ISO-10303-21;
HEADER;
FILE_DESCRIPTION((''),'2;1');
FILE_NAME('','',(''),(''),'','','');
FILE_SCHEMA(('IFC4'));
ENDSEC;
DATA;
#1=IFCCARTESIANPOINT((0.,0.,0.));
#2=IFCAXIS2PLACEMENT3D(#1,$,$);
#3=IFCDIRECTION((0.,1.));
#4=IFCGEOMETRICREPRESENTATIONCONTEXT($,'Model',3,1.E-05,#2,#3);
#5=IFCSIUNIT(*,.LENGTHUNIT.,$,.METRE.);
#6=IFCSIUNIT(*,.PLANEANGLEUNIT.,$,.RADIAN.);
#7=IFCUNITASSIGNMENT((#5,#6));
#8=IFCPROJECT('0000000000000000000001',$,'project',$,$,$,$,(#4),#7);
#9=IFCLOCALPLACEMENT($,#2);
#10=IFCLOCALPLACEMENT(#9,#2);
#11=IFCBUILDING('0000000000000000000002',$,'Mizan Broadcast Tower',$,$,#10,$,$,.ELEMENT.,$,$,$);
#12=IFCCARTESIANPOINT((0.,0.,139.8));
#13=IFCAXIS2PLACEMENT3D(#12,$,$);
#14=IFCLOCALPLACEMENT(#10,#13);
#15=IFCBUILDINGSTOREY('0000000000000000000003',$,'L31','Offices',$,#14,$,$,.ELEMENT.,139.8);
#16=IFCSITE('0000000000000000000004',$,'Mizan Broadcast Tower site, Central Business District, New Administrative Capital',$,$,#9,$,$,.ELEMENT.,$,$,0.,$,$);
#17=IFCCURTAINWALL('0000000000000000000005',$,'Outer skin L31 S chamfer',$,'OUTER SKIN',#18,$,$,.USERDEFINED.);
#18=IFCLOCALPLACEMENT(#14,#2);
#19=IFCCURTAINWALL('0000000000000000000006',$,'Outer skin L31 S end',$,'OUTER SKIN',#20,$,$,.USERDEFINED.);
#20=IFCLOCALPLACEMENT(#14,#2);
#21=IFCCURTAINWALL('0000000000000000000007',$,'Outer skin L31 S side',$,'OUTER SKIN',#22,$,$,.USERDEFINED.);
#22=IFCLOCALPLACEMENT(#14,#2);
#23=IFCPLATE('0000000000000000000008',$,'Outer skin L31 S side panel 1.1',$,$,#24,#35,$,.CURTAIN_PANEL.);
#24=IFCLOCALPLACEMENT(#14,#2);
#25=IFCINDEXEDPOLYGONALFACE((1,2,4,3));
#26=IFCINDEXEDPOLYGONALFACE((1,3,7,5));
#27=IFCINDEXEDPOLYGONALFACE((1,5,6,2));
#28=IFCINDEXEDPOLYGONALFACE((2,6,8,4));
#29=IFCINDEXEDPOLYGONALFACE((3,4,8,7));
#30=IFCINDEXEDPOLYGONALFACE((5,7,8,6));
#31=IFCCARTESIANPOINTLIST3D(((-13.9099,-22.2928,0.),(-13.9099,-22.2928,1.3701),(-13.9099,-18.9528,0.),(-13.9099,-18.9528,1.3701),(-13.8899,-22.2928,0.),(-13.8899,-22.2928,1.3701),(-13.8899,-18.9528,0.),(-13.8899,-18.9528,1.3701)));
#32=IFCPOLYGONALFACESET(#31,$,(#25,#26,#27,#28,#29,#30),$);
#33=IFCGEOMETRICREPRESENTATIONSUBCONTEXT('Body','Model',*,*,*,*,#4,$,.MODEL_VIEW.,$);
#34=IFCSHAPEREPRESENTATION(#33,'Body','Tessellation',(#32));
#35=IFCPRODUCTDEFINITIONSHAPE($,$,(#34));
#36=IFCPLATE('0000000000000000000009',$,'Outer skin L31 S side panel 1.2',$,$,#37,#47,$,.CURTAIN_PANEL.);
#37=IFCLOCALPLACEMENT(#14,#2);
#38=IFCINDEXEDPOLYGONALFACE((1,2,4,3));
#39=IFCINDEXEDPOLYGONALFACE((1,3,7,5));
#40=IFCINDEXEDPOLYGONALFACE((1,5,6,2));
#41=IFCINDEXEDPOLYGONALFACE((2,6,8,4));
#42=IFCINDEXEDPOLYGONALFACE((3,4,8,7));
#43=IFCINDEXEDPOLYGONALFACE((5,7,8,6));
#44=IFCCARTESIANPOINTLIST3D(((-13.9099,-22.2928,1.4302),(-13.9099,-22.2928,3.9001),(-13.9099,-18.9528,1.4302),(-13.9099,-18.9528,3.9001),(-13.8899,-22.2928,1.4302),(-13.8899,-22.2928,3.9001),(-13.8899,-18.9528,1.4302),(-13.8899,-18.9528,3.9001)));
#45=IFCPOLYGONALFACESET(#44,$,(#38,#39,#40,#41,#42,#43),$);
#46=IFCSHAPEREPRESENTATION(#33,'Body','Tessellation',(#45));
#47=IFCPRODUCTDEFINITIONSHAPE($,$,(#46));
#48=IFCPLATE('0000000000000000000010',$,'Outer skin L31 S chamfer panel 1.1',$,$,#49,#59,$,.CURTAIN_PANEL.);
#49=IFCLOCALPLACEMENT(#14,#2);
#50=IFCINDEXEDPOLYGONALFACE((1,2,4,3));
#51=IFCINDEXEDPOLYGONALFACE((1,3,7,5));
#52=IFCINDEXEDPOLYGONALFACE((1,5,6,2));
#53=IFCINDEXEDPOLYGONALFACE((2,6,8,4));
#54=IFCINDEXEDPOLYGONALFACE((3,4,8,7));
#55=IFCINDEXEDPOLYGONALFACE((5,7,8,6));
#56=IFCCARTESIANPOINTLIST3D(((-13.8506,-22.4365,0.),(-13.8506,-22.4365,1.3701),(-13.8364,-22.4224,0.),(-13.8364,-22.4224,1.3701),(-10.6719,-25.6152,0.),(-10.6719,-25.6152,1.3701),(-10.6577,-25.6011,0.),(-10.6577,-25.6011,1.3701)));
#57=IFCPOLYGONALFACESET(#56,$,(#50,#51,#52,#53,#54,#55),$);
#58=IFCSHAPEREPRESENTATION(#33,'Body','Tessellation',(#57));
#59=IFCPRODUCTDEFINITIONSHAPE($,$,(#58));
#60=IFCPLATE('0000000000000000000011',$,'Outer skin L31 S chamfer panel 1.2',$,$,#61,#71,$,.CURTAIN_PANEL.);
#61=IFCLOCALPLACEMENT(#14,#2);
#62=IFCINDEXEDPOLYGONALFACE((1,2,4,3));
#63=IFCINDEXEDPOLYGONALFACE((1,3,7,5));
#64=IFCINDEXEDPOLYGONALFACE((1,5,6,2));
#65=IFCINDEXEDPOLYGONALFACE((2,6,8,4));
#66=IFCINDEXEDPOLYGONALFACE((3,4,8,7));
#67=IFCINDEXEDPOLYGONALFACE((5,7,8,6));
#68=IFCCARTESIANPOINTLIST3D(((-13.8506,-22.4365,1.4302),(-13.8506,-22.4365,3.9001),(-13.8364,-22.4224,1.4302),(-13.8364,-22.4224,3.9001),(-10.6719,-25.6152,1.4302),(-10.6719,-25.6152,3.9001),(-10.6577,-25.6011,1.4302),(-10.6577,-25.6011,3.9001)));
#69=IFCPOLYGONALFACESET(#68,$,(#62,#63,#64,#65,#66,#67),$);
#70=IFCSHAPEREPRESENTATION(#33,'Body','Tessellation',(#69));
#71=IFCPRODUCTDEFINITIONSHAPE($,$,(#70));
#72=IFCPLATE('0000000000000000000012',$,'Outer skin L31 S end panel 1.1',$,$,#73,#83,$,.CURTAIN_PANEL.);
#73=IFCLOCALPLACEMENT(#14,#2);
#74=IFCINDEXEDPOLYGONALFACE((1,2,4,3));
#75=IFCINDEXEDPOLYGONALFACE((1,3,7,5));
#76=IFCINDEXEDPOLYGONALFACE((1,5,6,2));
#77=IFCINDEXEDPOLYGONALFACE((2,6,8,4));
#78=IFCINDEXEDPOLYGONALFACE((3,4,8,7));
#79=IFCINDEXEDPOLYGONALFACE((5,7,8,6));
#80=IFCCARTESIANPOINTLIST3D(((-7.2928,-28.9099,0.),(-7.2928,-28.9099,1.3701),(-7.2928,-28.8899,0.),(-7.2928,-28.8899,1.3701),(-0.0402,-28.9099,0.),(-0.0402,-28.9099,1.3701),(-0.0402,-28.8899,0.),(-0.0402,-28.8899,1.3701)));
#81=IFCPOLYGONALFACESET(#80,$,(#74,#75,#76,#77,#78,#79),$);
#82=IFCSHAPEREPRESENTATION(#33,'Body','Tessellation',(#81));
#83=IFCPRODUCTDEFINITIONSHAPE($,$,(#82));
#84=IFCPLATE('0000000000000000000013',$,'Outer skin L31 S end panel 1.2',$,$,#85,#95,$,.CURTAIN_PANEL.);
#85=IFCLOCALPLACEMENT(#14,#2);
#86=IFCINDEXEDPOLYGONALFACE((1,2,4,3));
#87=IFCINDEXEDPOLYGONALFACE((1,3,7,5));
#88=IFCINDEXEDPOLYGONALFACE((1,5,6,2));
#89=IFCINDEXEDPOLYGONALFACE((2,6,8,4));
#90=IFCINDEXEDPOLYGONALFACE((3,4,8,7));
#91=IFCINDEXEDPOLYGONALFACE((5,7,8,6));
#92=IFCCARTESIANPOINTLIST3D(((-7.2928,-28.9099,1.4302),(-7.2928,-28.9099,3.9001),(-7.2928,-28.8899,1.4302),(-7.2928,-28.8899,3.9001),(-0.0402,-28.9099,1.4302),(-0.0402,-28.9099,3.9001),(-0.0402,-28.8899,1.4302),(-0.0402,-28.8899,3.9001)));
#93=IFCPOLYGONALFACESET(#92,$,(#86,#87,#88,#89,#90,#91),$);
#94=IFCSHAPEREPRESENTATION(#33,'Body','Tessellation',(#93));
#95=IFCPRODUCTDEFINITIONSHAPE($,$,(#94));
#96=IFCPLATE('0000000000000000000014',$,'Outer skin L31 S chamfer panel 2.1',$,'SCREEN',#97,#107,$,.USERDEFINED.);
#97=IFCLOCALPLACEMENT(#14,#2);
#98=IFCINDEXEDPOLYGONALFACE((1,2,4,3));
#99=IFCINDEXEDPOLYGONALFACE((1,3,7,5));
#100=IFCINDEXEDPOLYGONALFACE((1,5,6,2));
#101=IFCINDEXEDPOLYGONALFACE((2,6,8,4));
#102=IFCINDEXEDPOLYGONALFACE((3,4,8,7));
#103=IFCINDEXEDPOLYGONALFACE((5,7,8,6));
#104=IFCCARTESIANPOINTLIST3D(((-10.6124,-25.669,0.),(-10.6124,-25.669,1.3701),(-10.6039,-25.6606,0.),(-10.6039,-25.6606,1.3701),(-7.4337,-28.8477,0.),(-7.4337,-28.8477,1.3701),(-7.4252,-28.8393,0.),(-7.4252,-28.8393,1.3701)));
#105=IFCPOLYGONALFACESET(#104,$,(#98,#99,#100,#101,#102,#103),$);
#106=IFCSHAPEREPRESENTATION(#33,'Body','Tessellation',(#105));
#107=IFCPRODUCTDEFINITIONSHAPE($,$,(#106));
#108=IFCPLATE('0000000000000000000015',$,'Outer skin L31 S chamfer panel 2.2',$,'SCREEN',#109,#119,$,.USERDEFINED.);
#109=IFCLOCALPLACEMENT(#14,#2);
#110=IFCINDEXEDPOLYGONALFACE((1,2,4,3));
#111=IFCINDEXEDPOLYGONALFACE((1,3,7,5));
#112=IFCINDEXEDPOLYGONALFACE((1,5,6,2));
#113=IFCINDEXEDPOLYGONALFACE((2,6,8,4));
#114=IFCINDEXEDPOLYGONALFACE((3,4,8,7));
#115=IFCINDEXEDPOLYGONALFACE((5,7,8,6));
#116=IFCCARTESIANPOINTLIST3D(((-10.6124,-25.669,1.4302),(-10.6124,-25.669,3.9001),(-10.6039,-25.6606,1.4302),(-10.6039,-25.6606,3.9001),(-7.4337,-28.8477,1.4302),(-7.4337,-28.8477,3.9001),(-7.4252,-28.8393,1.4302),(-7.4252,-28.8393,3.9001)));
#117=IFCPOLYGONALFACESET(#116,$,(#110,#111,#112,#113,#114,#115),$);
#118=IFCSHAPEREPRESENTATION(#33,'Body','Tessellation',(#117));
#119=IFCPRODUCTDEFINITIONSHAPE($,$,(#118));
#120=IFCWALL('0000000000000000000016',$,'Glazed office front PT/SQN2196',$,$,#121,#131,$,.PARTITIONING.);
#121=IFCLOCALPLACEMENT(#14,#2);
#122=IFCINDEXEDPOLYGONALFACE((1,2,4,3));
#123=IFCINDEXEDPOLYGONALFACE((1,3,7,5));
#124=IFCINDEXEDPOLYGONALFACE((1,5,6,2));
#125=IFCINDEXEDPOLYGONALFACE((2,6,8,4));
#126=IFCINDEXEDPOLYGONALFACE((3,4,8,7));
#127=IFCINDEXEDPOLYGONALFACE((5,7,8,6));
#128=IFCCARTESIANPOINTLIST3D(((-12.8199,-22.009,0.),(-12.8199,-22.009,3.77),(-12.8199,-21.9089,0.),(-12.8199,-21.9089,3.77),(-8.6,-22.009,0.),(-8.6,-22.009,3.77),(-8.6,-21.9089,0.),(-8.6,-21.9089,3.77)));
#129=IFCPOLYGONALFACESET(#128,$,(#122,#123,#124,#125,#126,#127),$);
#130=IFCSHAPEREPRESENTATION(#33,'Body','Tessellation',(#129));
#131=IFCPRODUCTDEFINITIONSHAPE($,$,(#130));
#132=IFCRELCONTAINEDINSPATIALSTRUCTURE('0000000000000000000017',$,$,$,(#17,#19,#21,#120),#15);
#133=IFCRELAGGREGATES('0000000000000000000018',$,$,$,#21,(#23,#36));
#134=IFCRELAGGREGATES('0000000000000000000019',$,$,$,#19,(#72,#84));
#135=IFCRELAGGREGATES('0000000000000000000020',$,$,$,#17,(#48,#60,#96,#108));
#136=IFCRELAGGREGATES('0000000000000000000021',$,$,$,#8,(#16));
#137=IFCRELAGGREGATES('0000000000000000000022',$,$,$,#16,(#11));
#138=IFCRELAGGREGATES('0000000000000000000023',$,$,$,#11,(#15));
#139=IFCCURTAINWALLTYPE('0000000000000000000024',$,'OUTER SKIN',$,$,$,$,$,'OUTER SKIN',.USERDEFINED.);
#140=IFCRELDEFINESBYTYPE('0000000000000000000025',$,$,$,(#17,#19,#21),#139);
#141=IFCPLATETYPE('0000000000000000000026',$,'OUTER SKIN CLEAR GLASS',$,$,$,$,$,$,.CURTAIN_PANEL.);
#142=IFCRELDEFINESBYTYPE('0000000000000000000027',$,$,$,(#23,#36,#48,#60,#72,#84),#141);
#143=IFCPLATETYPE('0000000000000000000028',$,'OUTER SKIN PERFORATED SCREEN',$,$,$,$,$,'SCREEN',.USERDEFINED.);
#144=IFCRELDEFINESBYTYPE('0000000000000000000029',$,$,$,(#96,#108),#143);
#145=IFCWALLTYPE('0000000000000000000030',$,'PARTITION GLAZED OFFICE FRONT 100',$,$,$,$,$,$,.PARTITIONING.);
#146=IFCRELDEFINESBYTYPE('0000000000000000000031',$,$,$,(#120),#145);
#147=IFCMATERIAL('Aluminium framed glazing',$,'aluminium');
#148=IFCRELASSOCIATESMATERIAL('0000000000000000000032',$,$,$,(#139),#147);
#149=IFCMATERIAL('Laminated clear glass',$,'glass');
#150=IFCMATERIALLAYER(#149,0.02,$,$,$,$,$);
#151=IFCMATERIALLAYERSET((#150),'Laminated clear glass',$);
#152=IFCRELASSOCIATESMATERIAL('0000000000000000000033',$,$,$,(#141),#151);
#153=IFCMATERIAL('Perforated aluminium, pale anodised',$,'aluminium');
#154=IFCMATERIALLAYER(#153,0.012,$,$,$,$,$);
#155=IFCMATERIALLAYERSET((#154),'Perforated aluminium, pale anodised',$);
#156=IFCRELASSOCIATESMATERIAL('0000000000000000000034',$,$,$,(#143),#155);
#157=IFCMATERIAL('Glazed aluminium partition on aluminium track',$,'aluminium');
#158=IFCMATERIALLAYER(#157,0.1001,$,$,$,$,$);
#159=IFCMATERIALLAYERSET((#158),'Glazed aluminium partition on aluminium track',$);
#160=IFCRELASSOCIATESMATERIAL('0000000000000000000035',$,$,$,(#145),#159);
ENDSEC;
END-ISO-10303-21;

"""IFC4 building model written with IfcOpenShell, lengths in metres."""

from ifc_helpers import new_model, si_unit, direction, frame, frame_2d, origin, origin_2d, place, context, subcontext, project, spatial, rectangle, extrude, material, layer, layer_set, type_object, element, aggregate, save


model = new_model("IFC4")

# Units and contexts
model_context = context("Model", 3, precision=1e-05, world=origin(), true_north=direction((0.0, 1.0)))
body_context = subcontext(model_context, "Body", "Model", "MODEL_VIEW")
ifc_project = project(units=[si_unit("LENGTHUNIT", "METRE"), si_unit("PLANEANGLEUNIT", "RADIAN")], contexts=[model_context])

# Site, building, storey
site_placement = place(None, origin())
site = spatial("IfcSite", under=ifc_project, at=site_placement, Name="Mizan Broadcast Tower site, Central Business District, New Administrative Capital", CompositionType="ELEMENT", RefElevation=0.0)
building_placement = place(site_placement, origin())
building = spatial("IfcBuilding", under=site, at=building_placement, Name="Mizan Broadcast Tower", CompositionType="ELEMENT")
storey_placement = place(building_placement, frame((0.0, 0.0, 139.8)))
storey = spatial("IfcBuildingStorey", under=building, at=storey_placement, Name="L31", Description="Offices", CompositionType="ELEMENT", Elevation=139.8)

# Curtain wall
ifc_material_1 = material(Name="Aluminium framed glazing", Category="aluminium")
curtain_wall_type_1 = type_object("IfcCurtainWallType", Name="OUTER SKIN", ElementType="OUTER SKIN", PredefinedType="USERDEFINED", material=ifc_material_1)
curtain_wall_1_placement = place(storey_placement, origin())
curtain_wall_1 = element("IfcCurtainWall", 1, at=curtain_wall_1_placement, inside=storey, type_object=curtain_wall_type_1, Name="Outer skin L31 S chamfer", ObjectType="OUTER SKIN", PredefinedType="USERDEFINED")

# Curtain wall
curtain_wall_2_placement = place(storey_placement, origin())
curtain_wall_2 = element("IfcCurtainWall", 2, at=curtain_wall_2_placement, inside=storey, type_object=curtain_wall_type_1, Name="Outer skin L31 S end", ObjectType="OUTER SKIN", PredefinedType="USERDEFINED")

# Curtain wall, plates
curtain_wall_3_placement = place(storey_placement, origin())
curtain_wall_3 = element("IfcCurtainWall", 3, at=curtain_wall_3_placement, inside=storey, type_object=curtain_wall_type_1, Name="Outer skin L31 S side", ObjectType="OUTER SKIN", PredefinedType="USERDEFINED")
ifc_material_2 = material(Name="Laminated clear glass", Category="glass")
ifc_layer_1 = layer(ifc_material_2, 0.02)
ifc_layer_set_1 = layer_set([ifc_layer_1], Name="Laminated clear glass")
plate_type_1 = type_object("IfcPlateType", Name="OUTER SKIN CLEAR GLASS", PredefinedType="CURTAIN_PANEL", material=ifc_layer_set_1)
plate_1_placement = place(storey_placement, frame((-13.8999, -20.6228, 0.0), z_axis=(0.0, 0.0, 1.0), x_axis=(0.0, -1.0, 0.0)))
plate_1 = element("IfcPlate", 4, at=plate_1_placement, type_object=plate_type_1, Name="Outer skin L31 S side panel 1.1", PredefinedType="CURTAIN_PANEL", context=body_context, shape_type="SweptSolid", body=[
    extrude(rectangle(XDim=3.3401, YDim=0.02, at=origin_2d()), origin(), (0.0, 0.0, 1.0), 1.3701),
])
plate_2_placement = place(storey_placement, frame((-13.8999, -20.6228, 1.4302), z_axis=(0.0, 0.0, 1.0), x_axis=(0.0, -1.0, 0.0)))
plate_2 = element("IfcPlate", 5, at=plate_2_placement, type_object=plate_type_1, Name="Outer skin L31 S side panel 1.2", PredefinedType="CURTAIN_PANEL", context=body_context, shape_type="SweptSolid", body=[
    extrude(rectangle(XDim=3.3401, YDim=0.02, at=origin_2d()), origin(), (0.0, 0.0, 1.0), 2.47),
])
aggregate(curtain_wall_3, [plate_1, plate_2])

# Plates
plate_3_placement = place(storey_placement, frame((-12.2542, -24.0188, 0.0), z_axis=(0.0, 0.0, 1.0), x_axis=(0.707107, -0.707107, 0.0)))
plate_3 = element("IfcPlate", 6, at=plate_3_placement, type_object=plate_type_1, Name="Outer skin L31 S chamfer panel 1.1", PredefinedType="CURTAIN_PANEL", context=body_context, shape_type="SweptSolid", body=[
    extrude(rectangle(XDim=4.4954, YDim=0.02, at=origin_2d()), origin(), (0.0, 0.0, 1.0), 1.3701),
])
plate_4_placement = place(storey_placement, frame((-12.2542, -24.0188, 1.4302), z_axis=(0.0, 0.0, 1.0), x_axis=(0.707107, -0.707107, 0.0)))
plate_4 = element("IfcPlate", 7, at=plate_4_placement, type_object=plate_type_1, Name="Outer skin L31 S chamfer panel 1.2", PredefinedType="CURTAIN_PANEL", context=body_context, shape_type="SweptSolid", body=[
    extrude(rectangle(XDim=4.4954, YDim=0.02, at=origin_2d()), origin(), (0.0, 0.0, 1.0), 2.47),
])
plate_5_placement = place(storey_placement, frame((-3.6665, -28.8999, 0.0), z_axis=(0.0, 0.0, 1.0), x_axis=(1.0, 0.0, 0.0)))
plate_5 = element("IfcPlate", 8, at=plate_5_placement, type_object=plate_type_1, Name="Outer skin L31 S end panel 1.1", PredefinedType="CURTAIN_PANEL", context=body_context, shape_type="SweptSolid", body=[
    extrude(rectangle(XDim=7.2527, YDim=0.02, at=origin_2d()), origin(), (0.0, 0.0, 1.0), 1.3701),
])
plate_6_placement = place(storey_placement, frame((-3.6665, -28.8999, 1.4302), z_axis=(0.0, 0.0, 1.0), x_axis=(1.0, 0.0, 0.0)))
plate_6 = element("IfcPlate", 9, at=plate_6_placement, type_object=plate_type_1, Name="Outer skin L31 S end panel 1.2", PredefinedType="CURTAIN_PANEL", context=body_context, shape_type="SweptSolid", body=[
    extrude(rectangle(XDim=7.2527, YDim=0.02, at=origin_2d()), origin(), (0.0, 0.0, 1.0), 2.47),
])
aggregate(curtain_wall_2, [plate_5, plate_6])
ifc_material_3 = material(Name="Perforated aluminium, pale anodised", Category="aluminium")
ifc_layer_2 = layer(ifc_material_3, 0.012)
ifc_layer_set_2 = layer_set([ifc_layer_2], Name="Perforated aluminium, pale anodised")
plate_type_2 = type_object("IfcPlateType", Name="OUTER SKIN PERFORATED SCREEN", ElementType="SCREEN", PredefinedType="USERDEFINED", material=ifc_layer_set_2)
plate_7_placement = place(storey_placement, frame((-9.0188, -27.2542, 0.0), z_axis=(0.0, 0.0, 1.0), x_axis=(0.707107, -0.707107, 0.0)))
plate_7 = element("IfcPlate", 10, at=plate_7_placement, type_object=plate_type_2, Name="Outer skin L31 S chamfer panel 2.1", ObjectType="SCREEN", PredefinedType="USERDEFINED", context=body_context, shape_type="SweptSolid", body=[
    extrude(rectangle(XDim=4.4954, YDim=0.012, at=origin_2d()), origin(), (0.0, 0.0, 1.0), 1.3701),
])
plate_8_placement = place(storey_placement, frame((-9.0188, -27.2542, 1.4302), z_axis=(0.0, 0.0, 1.0), x_axis=(0.707107, -0.707107, 0.0)))
plate_8 = element("IfcPlate", 11, at=plate_8_placement, type_object=plate_type_2, Name="Outer skin L31 S chamfer panel 2.2", ObjectType="SCREEN", PredefinedType="USERDEFINED", context=body_context, shape_type="SweptSolid", body=[
    extrude(rectangle(XDim=4.4954, YDim=0.012, at=origin_2d()), origin(), (0.0, 0.0, 1.0), 2.47),
])
aggregate(curtain_wall_1, [plate_3, plate_4, plate_7, plate_8])

# Wall
ifc_material_4 = material(Name="Glazed aluminium partition on aluminium track", Category="aluminium")
ifc_layer_3 = layer(ifc_material_4, 0.1001)
ifc_layer_set_3 = layer_set([ifc_layer_3], Name="Glazed aluminium partition on aluminium track")
wall_type = type_object("IfcWallType", Name="PARTITION GLAZED OFFICE FRONT 100", PredefinedType="PARTITIONING", material=ifc_layer_set_3)
wall_placement = place(storey_placement, frame((-8.6001, -21.959, 0.0), z_axis=(0.0, 0.0, 1.0), x_axis=(-1.0, 0.0, 0.0)))
element("IfcWall", 12, at=wall_placement, inside=storey, type_object=wall_type, Name="Glazed office front PT/SQN2196", PredefinedType="PARTITIONING", context=body_context, shape_type="SweptSolid", body=[
    extrude(rectangle(XDim=4.22, YDim=0.1001, at=frame_2d((2.1099, 0.0))), origin(), (0.0, 0.0, 1.0), 3.77),
])

save(model, "model.ifc")
